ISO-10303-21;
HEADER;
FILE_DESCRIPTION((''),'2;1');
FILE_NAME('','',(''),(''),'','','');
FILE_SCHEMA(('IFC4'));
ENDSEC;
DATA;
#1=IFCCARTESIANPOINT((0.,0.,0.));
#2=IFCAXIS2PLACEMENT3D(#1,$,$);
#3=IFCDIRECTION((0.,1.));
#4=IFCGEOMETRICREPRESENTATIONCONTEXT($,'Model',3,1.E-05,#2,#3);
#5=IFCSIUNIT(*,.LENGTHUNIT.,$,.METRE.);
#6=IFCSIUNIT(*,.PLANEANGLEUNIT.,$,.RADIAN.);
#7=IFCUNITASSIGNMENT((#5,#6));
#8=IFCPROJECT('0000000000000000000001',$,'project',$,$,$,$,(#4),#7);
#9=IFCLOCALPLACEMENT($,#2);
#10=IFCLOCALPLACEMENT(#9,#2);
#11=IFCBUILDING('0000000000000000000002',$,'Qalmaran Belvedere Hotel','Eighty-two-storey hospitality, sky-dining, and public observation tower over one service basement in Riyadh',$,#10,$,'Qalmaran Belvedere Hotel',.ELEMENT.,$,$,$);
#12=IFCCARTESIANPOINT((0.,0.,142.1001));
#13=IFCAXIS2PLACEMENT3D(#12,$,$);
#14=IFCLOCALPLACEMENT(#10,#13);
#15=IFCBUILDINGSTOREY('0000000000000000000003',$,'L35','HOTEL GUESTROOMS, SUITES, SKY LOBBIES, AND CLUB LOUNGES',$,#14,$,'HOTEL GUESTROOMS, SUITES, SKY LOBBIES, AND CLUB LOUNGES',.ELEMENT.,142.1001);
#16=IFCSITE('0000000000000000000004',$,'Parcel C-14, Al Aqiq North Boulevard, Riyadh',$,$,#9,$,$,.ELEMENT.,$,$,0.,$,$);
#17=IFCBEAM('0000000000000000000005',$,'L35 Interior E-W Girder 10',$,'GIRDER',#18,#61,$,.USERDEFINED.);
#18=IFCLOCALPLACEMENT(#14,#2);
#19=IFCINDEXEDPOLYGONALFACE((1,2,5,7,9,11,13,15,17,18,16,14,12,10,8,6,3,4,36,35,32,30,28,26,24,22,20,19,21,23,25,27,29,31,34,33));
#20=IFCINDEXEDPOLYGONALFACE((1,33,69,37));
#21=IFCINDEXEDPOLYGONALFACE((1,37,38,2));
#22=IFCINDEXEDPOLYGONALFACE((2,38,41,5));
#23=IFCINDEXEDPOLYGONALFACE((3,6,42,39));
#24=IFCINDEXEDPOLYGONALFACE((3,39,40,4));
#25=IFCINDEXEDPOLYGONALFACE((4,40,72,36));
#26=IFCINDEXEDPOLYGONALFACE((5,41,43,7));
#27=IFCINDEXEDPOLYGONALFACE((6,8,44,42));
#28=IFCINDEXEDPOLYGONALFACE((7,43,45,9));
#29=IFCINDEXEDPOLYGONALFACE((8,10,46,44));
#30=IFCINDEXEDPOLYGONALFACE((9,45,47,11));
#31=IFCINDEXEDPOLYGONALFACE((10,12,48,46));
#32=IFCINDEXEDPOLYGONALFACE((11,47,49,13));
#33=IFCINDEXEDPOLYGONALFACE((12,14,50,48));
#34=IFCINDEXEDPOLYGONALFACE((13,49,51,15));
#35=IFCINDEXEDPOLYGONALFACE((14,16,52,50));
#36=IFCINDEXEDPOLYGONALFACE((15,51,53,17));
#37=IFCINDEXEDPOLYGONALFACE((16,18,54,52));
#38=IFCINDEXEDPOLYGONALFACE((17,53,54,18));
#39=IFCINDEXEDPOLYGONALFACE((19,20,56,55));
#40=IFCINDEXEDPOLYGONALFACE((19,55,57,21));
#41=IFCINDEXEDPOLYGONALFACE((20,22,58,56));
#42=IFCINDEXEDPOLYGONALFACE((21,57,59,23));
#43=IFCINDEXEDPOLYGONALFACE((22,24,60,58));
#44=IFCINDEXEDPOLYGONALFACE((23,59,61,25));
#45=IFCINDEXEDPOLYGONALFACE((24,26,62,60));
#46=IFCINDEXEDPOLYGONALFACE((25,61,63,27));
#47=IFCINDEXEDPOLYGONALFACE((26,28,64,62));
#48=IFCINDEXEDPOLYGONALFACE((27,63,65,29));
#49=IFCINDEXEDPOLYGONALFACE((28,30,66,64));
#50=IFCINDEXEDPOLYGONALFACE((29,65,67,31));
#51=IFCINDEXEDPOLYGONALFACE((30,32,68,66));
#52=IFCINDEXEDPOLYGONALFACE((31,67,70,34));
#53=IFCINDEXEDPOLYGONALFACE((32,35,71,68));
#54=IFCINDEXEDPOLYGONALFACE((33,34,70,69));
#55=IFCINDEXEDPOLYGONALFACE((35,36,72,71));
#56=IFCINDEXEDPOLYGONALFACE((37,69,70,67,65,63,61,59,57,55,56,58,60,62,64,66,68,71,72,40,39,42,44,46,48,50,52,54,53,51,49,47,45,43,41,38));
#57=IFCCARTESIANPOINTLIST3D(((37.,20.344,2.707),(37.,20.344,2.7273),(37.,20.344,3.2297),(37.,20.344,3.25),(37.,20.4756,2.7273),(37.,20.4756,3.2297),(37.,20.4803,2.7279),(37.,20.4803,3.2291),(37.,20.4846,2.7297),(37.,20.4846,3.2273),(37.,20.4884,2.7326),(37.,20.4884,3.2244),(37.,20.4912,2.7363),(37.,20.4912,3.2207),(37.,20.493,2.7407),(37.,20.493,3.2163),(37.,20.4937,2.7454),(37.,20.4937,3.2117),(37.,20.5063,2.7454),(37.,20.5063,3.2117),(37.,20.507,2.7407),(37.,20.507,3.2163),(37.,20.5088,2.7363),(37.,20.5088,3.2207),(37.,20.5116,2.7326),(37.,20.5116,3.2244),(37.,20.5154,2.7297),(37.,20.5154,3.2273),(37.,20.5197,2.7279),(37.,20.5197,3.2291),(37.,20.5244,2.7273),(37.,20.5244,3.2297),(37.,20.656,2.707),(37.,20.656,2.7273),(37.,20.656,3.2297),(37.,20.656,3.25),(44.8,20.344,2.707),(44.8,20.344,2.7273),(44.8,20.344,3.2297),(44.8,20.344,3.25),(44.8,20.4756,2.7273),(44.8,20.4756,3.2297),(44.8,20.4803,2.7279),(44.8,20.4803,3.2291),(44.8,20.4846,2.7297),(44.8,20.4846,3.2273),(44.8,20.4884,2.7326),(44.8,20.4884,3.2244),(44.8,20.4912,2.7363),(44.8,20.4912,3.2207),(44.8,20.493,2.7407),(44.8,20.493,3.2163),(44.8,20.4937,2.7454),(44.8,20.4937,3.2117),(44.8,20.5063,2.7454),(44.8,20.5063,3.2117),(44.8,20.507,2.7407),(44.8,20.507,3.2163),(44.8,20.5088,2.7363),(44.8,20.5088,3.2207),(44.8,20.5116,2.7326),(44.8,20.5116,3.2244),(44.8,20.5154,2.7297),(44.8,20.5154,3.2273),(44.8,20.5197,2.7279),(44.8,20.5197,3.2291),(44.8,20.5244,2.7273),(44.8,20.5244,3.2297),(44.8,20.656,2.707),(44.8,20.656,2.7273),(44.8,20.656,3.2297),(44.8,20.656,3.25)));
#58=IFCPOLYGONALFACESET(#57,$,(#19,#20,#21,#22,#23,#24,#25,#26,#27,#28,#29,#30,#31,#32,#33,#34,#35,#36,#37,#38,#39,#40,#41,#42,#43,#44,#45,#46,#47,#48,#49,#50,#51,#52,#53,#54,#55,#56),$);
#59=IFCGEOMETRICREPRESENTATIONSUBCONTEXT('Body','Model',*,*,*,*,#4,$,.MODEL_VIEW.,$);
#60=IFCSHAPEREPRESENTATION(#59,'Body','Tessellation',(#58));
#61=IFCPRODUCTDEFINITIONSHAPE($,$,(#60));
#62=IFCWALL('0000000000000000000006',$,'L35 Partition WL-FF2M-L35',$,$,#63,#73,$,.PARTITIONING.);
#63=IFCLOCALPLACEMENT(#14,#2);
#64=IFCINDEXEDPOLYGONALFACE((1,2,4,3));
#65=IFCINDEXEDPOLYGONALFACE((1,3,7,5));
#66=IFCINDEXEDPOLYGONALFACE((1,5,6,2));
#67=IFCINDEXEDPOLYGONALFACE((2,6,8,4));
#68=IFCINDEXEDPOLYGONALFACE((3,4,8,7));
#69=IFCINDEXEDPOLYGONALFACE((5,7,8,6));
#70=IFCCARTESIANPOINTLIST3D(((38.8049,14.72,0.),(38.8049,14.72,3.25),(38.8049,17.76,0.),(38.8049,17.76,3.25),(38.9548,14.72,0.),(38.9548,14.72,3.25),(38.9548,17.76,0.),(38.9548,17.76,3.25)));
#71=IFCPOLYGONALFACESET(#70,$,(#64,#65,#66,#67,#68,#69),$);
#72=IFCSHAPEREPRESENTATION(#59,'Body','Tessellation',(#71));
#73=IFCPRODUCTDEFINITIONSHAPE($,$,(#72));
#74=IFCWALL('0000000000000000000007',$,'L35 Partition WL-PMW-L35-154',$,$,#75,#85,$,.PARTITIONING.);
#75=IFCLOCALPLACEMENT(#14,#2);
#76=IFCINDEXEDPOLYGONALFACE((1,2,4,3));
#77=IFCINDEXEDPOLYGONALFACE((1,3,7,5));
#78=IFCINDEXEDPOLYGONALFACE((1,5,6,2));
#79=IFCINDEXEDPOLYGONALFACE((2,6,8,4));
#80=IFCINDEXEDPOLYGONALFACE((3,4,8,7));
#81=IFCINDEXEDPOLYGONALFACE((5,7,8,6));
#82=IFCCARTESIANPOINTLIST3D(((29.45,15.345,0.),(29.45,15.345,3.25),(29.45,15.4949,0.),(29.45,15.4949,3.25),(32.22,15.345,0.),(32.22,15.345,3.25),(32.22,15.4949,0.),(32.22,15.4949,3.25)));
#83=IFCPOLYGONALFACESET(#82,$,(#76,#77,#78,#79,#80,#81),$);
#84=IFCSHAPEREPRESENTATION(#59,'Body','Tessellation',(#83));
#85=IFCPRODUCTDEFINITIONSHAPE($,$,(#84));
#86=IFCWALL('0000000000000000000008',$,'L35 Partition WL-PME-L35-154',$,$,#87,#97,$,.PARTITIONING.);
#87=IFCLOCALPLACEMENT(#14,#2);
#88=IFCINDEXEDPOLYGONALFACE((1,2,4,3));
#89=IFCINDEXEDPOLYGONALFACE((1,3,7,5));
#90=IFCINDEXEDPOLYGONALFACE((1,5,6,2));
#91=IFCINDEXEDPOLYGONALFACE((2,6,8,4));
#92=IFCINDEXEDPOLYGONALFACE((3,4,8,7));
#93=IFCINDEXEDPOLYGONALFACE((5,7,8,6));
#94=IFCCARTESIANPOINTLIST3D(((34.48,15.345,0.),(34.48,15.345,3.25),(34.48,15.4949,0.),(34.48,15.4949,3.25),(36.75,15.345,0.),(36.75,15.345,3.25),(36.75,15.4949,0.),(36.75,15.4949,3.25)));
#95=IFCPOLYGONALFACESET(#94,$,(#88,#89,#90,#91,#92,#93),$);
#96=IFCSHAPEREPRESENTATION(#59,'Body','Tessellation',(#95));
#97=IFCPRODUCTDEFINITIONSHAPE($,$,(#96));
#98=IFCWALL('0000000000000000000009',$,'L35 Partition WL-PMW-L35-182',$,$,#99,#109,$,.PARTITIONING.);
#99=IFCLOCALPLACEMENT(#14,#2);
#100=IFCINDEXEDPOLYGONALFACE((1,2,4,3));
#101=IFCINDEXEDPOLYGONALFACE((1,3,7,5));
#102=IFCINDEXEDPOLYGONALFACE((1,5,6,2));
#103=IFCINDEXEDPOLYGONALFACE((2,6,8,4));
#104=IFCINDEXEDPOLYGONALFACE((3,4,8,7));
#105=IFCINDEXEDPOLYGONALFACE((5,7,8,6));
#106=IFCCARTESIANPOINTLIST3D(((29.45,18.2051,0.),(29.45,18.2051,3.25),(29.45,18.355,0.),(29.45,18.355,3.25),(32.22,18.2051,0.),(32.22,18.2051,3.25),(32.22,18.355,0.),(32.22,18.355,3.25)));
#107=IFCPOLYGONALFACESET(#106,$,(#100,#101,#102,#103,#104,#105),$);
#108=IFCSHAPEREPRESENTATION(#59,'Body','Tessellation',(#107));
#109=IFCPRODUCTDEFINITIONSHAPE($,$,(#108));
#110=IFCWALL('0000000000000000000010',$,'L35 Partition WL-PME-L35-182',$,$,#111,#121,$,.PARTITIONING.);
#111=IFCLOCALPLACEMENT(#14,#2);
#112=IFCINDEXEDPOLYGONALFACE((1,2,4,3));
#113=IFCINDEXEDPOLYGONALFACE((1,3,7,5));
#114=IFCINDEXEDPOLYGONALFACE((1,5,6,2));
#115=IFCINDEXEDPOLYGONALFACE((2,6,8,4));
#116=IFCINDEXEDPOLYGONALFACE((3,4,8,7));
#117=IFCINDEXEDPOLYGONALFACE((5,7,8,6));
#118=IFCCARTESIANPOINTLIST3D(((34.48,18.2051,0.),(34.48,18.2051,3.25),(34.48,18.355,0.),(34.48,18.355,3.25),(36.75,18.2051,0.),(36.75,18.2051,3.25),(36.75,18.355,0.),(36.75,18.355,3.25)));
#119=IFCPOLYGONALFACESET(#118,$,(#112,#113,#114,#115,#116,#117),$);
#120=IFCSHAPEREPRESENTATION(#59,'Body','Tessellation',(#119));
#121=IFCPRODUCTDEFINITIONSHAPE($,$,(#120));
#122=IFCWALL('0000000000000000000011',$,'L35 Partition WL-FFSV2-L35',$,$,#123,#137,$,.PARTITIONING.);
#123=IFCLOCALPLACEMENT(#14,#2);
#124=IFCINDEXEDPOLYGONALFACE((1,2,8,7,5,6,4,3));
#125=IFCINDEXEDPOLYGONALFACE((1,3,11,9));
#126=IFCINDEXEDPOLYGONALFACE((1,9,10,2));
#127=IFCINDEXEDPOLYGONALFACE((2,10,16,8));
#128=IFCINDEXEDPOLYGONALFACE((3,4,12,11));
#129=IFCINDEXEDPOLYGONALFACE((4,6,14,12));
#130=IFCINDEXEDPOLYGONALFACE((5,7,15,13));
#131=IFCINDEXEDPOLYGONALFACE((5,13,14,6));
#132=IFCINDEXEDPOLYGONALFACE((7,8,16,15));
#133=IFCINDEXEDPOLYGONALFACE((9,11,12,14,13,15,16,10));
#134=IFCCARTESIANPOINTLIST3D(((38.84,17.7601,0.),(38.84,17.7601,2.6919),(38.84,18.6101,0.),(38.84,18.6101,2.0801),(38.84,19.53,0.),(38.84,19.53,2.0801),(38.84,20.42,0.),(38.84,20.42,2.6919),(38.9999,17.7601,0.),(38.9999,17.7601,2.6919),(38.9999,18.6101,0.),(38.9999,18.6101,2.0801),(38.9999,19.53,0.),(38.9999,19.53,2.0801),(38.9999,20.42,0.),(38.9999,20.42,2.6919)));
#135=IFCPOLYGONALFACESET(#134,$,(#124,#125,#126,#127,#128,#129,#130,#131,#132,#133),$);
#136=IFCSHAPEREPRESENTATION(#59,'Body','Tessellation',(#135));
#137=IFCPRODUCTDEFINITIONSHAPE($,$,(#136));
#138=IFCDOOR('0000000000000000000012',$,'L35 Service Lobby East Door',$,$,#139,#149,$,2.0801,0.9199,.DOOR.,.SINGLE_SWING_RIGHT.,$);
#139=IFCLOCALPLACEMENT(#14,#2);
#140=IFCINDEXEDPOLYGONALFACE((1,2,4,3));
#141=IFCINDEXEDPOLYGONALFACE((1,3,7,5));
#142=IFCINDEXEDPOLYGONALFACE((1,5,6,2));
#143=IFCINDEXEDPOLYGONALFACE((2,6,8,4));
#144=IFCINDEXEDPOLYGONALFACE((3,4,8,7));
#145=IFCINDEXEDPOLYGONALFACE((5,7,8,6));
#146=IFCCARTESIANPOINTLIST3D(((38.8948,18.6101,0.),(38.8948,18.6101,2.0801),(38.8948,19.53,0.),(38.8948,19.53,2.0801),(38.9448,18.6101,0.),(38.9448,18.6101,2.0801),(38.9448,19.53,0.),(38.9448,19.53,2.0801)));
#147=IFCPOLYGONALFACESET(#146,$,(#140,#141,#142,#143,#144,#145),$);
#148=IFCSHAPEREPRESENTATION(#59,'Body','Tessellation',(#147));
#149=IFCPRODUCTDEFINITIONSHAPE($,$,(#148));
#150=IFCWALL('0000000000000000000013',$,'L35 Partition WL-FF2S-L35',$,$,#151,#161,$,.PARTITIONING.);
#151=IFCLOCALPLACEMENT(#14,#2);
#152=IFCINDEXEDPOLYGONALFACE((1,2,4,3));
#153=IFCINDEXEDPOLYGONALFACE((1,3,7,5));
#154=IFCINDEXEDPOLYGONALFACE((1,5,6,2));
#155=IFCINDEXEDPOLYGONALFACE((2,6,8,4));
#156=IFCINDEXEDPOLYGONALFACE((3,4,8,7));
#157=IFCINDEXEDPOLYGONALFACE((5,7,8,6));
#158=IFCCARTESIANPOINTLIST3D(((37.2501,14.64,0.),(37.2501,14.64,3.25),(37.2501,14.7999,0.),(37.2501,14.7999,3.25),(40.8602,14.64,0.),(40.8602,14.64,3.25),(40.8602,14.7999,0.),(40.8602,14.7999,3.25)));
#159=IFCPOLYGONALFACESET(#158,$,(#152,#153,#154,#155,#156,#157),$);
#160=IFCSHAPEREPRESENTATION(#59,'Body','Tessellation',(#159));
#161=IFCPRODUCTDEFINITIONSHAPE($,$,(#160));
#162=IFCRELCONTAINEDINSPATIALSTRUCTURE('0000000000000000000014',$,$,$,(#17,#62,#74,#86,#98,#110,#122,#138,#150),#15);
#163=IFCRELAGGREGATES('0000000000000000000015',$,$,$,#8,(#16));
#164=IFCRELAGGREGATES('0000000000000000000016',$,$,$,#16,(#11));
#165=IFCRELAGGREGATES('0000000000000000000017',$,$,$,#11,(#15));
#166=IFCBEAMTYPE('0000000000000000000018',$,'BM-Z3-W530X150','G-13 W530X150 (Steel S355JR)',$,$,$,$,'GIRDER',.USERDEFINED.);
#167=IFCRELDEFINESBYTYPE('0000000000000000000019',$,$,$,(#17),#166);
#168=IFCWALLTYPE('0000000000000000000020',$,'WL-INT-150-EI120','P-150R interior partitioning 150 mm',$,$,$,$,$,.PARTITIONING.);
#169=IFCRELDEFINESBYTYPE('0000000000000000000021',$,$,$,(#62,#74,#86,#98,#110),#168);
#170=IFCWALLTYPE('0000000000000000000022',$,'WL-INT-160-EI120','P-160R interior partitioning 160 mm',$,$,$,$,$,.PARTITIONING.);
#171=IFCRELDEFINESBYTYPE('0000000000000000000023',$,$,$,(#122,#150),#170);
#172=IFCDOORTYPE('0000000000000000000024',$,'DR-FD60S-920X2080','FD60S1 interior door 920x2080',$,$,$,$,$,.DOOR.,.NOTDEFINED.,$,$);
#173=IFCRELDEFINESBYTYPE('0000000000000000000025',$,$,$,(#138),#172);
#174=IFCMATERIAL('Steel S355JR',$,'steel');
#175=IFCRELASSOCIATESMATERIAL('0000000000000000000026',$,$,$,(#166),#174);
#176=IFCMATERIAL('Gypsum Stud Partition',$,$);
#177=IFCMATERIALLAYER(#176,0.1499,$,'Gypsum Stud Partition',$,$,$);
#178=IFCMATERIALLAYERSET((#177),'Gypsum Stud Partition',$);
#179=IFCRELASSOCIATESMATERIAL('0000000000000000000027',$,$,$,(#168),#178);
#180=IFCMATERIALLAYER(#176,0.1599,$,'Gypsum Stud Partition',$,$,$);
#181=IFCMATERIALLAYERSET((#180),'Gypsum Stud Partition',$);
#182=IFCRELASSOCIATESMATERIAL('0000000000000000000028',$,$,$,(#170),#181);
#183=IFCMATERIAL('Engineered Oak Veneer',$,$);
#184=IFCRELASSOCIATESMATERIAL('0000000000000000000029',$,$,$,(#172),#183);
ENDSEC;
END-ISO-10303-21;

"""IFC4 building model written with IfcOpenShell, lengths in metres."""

from ifc_helpers import new_model, si_unit, direction, frame, frame_2d, origin, origin_2d, place, context, subcontext, project, spatial, rectangle, i_section, extrude, material, layer, layer_set, material_profile, profile_set, type_object, element, fill, save


model = new_model("IFC4")

# Units and contexts
model_context = context("Model", 3, precision=1e-05, world=origin(), true_north=direction((0.0, 1.0)))
body_context = subcontext(model_context, "Body", "Model", "MODEL_VIEW")
ifc_project = project(units=[si_unit("LENGTHUNIT", "METRE"), si_unit("PLANEANGLEUNIT", "RADIAN")], contexts=[model_context])

# Site, building, storey
site_placement = place(None, origin())
site = spatial("IfcSite", under=ifc_project, at=site_placement, Name="Parcel C-14, Al Aqiq North Boulevard, Riyadh", CompositionType="ELEMENT", RefElevation=0.0)
building_placement = place(site_placement, origin())
building = spatial("IfcBuilding", under=site, at=building_placement, Name="Qalmaran Belvedere Hotel", Description="Eighty-two-storey hospitality, sky-dining, and public observation tower over one service basement in Riyadh", LongName="Qalmaran Belvedere Hotel", CompositionType="ELEMENT")
storey_placement = place(building_placement, frame((0.0, 0.0, 142.1001)))
storey = spatial("IfcBuildingStorey", under=building, at=storey_placement, Name="L35", Description="HOTEL GUESTROOMS, SUITES, SKY LOBBIES, AND CLUB LOUNGES", LongName="HOTEL GUESTROOMS, SUITES, SKY LOBBIES, AND CLUB LOUNGES", CompositionType="ELEMENT", Elevation=142.1001)

# Beam
ifc_material_1 = material(Name="Steel S355JR", Category="steel")
ifc_material_profile_1 = material_profile(ifc_material_1, i_section(OverallWidth=0.312, OverallDepth=0.543, WebThickness=0.0127, FlangeThickness=0.0203, FilletRadius=0.0181, at=origin_2d()), Name="W530X150")
ifc_profile_set_1 = profile_set([ifc_material_profile_1], Name="Steel S355JR")
beam_type_1 = type_object("IfcBeamType", Name="BM-Z3-W530X150", Description="G-13 W530X150 (Steel S355JR)", ElementType="GIRDER", PredefinedType="USERDEFINED", material=ifc_profile_set_1)
for number, where, z_axis, x_axis, name in (
    (1, (37.0, 20.5, 2.9785), (1.0, 0.0, 0.0), (0.0, 1.0, 0.0), "L35 Interior E-W Girder 10"),
):
    element("IfcBeam", number, at=place(storey_placement, frame(where, z_axis=z_axis, x_axis=x_axis)), inside=storey, type_object=beam_type_1, Name=name, ObjectType="GIRDER", PredefinedType="USERDEFINED", context=body_context, shape_type="SweptSolid", body=[
        extrude(i_section(OverallWidth=0.312, OverallDepth=0.543, WebThickness=0.0127, FlangeThickness=0.0203, FilletRadius=0.0181, at=origin_2d()), origin(), (0.0, 0.0, 1.0), 7.8),
    ])

# Walls
ifc_material_2 = material(Name="Gypsum Stud Partition")
ifc_layer_1 = layer(ifc_material_2, 0.1499, Name="Gypsum Stud Partition")
ifc_layer_set_1 = layer_set([ifc_layer_1], Name="Gypsum Stud Partition")
wall_type_1 = type_object("IfcWallType", Name="WL-INT-150-EI120", Description="P-150R interior partitioning 150 mm", PredefinedType="PARTITIONING", material=ifc_layer_set_1)
wall_1_placement = place(storey_placement, frame((38.8799, 14.72, 0.0), z_axis=(0.0, 0.0, 1.0), x_axis=(0.0, 1.0, 0.0)))
element("IfcWall", 2, at=wall_1_placement, inside=storey, type_object=wall_type_1, Name="L35 Partition WL-FF2M-L35", PredefinedType="PARTITIONING", context=body_context, shape_type="SweptSolid", body=[
    extrude(rectangle(XDim=3.04, YDim=0.1499, at=frame_2d((1.52, 0.0))), origin(), (0.0, 0.0, 1.0), 3.25),
])
wall_2_placement = place(storey_placement, frame((29.45, 15.4199, 0.0), z_axis=(0.0, 0.0, 1.0), x_axis=(1.0, 0.0, 0.0)))
element("IfcWall", 3, at=wall_2_placement, inside=storey, type_object=wall_type_1, Name="L35 Partition WL-PMW-L35-154", PredefinedType="PARTITIONING", context=body_context, shape_type="SweptSolid", body=[
    extrude(rectangle(XDim=2.77, YDim=0.1499, at=frame_2d((1.385, 0.0))), origin(), (0.0, 0.0, 1.0), 3.25),
])
wall_3_placement = place(storey_placement, frame((34.48, 15.4199, 0.0), z_axis=(0.0, 0.0, 1.0), x_axis=(1.0, 0.0, 0.0)))
element("IfcWall", 4, at=wall_3_placement, inside=storey, type_object=wall_type_1, Name="L35 Partition WL-PME-L35-154", PredefinedType="PARTITIONING", context=body_context, shape_type="SweptSolid", body=[
    extrude(rectangle(XDim=2.27, YDim=0.1499, at=frame_2d((1.135, 0.0))), origin(), (0.0, 0.0, 1.0), 3.25),
])
wall_4_placement = place(storey_placement, frame((29.45, 18.28, 0.0), z_axis=(0.0, 0.0, 1.0), x_axis=(1.0, 0.0, 0.0)))
element("IfcWall", 5, at=wall_4_placement, inside=storey, type_object=wall_type_1, Name="L35 Partition WL-PMW-L35-182", PredefinedType="PARTITIONING", context=body_context, shape_type="SweptSolid", body=[
    extrude(rectangle(XDim=2.77, YDim=0.1499, at=frame_2d((1.385, 0.0))), origin(), (0.0, 0.0, 1.0), 3.25),
])
wall_5_placement = place(storey_placement, frame((34.48, 18.28, 0.0), z_axis=(0.0, 0.0, 1.0), x_axis=(1.0, 0.0, 0.0)))
element("IfcWall", 6, at=wall_5_placement, inside=storey, type_object=wall_type_1, Name="L35 Partition WL-PME-L35-182", PredefinedType="PARTITIONING", context=body_context, shape_type="SweptSolid", body=[
    extrude(rectangle(XDim=2.27, YDim=0.1499, at=frame_2d((1.135, 0.0))), origin(), (0.0, 0.0, 1.0), 3.25),
])

# Wall, opening, door
ifc_layer_2 = layer(ifc_material_2, 0.1599, Name="Gypsum Stud Partition")
ifc_layer_set_2 = layer_set([ifc_layer_2], Name="Gypsum Stud Partition")
wall_type_2 = type_object("IfcWallType", Name="WL-INT-160-EI120", Description="P-160R interior partitioning 160 mm", PredefinedType="PARTITIONING", material=ifc_layer_set_2)
wall_6_placement = place(storey_placement, frame((38.9199, 17.76, 0.0), z_axis=(0.0, 0.0, 1.0), x_axis=(0.0, 1.0, 0.0)))
wall_6 = element("IfcWall", 7, at=wall_6_placement, inside=storey, type_object=wall_type_2, Name="L35 Partition WL-FFSV2-L35", PredefinedType="PARTITIONING", context=body_context, shape_type="SweptSolid", body=[
    extrude(rectangle(XDim=2.6599, YDim=0.1599, at=frame_2d((1.3301, 0.0))), origin(), (0.0, 0.0, 1.0), 2.6919),
])
opening_1_placement = place(wall_6_placement, frame((1.77, 0.0, 0.0), z_axis=(0.0, 0.0, 1.0), x_axis=(-1.0, 0.0, 0.0)))
opening_1 = element("IfcOpeningElement", 8, at=opening_1_placement, cuts=wall_6, PredefinedType="OPENING", context=body_context, shape_type="SweptSolid", body=[
    extrude(rectangle(XDim=0.9199, YDim=2.0801, at=frame_2d((0.46, 1.04))), frame((0.0, 0.0898, 0.0), z_axis=(0.0, -1.0, 0.0), x_axis=(1.0, 0.0, 0.0)), (0.0, 0.0, 1.0), 0.1799),
])
ifc_material_3 = material(Name="Engineered Oak Veneer")
door_type_1 = type_object("IfcDoorType", Name="DR-FD60S-920X2080", Description="FD60S1 interior door 920x2080", OperationType="NOTDEFINED", PredefinedType="DOOR", material=ifc_material_3)
door_1_placement = place(opening_1_placement, origin())
door_1 = element("IfcDoor", 9, at=door_1_placement, inside=storey, type_object=door_type_1, Name="L35 Service Lobby East Door", OperationType="SINGLE_SWING_RIGHT", OverallHeight=2.0801, OverallWidth=0.9199, PredefinedType="DOOR", context=body_context, shape_type="SweptSolid", body=[
    extrude(rectangle(XDim=0.9199, YDim=2.0801, at=frame_2d((0.46, 1.04))), frame((0.0, 0.0249, 0.0), z_axis=(0.0, -1.0, 0.0), x_axis=(1.0, 0.0, 0.0)), (0.0, 0.0, 1.0), 0.05),
])
fill(opening_1, door_1)

# Wall
wall_7_placement = place(storey_placement, frame((37.25, 14.72, 0.0), z_axis=(0.0, 0.0, 1.0), x_axis=(1.0, 0.0, 0.0)))
element("IfcWall", 10, at=wall_7_placement, inside=storey, type_object=wall_type_2, Name="L35 Partition WL-FF2S-L35", PredefinedType="PARTITIONING", context=body_context, shape_type="SweptSolid", body=[
    extrude(rectangle(XDim=3.6101, YDim=0.1599, at=frame_2d((1.8052, 0.0))), origin(), (0.0, 0.0, 1.0), 3.25),
])

save(model, "model.ifc")
